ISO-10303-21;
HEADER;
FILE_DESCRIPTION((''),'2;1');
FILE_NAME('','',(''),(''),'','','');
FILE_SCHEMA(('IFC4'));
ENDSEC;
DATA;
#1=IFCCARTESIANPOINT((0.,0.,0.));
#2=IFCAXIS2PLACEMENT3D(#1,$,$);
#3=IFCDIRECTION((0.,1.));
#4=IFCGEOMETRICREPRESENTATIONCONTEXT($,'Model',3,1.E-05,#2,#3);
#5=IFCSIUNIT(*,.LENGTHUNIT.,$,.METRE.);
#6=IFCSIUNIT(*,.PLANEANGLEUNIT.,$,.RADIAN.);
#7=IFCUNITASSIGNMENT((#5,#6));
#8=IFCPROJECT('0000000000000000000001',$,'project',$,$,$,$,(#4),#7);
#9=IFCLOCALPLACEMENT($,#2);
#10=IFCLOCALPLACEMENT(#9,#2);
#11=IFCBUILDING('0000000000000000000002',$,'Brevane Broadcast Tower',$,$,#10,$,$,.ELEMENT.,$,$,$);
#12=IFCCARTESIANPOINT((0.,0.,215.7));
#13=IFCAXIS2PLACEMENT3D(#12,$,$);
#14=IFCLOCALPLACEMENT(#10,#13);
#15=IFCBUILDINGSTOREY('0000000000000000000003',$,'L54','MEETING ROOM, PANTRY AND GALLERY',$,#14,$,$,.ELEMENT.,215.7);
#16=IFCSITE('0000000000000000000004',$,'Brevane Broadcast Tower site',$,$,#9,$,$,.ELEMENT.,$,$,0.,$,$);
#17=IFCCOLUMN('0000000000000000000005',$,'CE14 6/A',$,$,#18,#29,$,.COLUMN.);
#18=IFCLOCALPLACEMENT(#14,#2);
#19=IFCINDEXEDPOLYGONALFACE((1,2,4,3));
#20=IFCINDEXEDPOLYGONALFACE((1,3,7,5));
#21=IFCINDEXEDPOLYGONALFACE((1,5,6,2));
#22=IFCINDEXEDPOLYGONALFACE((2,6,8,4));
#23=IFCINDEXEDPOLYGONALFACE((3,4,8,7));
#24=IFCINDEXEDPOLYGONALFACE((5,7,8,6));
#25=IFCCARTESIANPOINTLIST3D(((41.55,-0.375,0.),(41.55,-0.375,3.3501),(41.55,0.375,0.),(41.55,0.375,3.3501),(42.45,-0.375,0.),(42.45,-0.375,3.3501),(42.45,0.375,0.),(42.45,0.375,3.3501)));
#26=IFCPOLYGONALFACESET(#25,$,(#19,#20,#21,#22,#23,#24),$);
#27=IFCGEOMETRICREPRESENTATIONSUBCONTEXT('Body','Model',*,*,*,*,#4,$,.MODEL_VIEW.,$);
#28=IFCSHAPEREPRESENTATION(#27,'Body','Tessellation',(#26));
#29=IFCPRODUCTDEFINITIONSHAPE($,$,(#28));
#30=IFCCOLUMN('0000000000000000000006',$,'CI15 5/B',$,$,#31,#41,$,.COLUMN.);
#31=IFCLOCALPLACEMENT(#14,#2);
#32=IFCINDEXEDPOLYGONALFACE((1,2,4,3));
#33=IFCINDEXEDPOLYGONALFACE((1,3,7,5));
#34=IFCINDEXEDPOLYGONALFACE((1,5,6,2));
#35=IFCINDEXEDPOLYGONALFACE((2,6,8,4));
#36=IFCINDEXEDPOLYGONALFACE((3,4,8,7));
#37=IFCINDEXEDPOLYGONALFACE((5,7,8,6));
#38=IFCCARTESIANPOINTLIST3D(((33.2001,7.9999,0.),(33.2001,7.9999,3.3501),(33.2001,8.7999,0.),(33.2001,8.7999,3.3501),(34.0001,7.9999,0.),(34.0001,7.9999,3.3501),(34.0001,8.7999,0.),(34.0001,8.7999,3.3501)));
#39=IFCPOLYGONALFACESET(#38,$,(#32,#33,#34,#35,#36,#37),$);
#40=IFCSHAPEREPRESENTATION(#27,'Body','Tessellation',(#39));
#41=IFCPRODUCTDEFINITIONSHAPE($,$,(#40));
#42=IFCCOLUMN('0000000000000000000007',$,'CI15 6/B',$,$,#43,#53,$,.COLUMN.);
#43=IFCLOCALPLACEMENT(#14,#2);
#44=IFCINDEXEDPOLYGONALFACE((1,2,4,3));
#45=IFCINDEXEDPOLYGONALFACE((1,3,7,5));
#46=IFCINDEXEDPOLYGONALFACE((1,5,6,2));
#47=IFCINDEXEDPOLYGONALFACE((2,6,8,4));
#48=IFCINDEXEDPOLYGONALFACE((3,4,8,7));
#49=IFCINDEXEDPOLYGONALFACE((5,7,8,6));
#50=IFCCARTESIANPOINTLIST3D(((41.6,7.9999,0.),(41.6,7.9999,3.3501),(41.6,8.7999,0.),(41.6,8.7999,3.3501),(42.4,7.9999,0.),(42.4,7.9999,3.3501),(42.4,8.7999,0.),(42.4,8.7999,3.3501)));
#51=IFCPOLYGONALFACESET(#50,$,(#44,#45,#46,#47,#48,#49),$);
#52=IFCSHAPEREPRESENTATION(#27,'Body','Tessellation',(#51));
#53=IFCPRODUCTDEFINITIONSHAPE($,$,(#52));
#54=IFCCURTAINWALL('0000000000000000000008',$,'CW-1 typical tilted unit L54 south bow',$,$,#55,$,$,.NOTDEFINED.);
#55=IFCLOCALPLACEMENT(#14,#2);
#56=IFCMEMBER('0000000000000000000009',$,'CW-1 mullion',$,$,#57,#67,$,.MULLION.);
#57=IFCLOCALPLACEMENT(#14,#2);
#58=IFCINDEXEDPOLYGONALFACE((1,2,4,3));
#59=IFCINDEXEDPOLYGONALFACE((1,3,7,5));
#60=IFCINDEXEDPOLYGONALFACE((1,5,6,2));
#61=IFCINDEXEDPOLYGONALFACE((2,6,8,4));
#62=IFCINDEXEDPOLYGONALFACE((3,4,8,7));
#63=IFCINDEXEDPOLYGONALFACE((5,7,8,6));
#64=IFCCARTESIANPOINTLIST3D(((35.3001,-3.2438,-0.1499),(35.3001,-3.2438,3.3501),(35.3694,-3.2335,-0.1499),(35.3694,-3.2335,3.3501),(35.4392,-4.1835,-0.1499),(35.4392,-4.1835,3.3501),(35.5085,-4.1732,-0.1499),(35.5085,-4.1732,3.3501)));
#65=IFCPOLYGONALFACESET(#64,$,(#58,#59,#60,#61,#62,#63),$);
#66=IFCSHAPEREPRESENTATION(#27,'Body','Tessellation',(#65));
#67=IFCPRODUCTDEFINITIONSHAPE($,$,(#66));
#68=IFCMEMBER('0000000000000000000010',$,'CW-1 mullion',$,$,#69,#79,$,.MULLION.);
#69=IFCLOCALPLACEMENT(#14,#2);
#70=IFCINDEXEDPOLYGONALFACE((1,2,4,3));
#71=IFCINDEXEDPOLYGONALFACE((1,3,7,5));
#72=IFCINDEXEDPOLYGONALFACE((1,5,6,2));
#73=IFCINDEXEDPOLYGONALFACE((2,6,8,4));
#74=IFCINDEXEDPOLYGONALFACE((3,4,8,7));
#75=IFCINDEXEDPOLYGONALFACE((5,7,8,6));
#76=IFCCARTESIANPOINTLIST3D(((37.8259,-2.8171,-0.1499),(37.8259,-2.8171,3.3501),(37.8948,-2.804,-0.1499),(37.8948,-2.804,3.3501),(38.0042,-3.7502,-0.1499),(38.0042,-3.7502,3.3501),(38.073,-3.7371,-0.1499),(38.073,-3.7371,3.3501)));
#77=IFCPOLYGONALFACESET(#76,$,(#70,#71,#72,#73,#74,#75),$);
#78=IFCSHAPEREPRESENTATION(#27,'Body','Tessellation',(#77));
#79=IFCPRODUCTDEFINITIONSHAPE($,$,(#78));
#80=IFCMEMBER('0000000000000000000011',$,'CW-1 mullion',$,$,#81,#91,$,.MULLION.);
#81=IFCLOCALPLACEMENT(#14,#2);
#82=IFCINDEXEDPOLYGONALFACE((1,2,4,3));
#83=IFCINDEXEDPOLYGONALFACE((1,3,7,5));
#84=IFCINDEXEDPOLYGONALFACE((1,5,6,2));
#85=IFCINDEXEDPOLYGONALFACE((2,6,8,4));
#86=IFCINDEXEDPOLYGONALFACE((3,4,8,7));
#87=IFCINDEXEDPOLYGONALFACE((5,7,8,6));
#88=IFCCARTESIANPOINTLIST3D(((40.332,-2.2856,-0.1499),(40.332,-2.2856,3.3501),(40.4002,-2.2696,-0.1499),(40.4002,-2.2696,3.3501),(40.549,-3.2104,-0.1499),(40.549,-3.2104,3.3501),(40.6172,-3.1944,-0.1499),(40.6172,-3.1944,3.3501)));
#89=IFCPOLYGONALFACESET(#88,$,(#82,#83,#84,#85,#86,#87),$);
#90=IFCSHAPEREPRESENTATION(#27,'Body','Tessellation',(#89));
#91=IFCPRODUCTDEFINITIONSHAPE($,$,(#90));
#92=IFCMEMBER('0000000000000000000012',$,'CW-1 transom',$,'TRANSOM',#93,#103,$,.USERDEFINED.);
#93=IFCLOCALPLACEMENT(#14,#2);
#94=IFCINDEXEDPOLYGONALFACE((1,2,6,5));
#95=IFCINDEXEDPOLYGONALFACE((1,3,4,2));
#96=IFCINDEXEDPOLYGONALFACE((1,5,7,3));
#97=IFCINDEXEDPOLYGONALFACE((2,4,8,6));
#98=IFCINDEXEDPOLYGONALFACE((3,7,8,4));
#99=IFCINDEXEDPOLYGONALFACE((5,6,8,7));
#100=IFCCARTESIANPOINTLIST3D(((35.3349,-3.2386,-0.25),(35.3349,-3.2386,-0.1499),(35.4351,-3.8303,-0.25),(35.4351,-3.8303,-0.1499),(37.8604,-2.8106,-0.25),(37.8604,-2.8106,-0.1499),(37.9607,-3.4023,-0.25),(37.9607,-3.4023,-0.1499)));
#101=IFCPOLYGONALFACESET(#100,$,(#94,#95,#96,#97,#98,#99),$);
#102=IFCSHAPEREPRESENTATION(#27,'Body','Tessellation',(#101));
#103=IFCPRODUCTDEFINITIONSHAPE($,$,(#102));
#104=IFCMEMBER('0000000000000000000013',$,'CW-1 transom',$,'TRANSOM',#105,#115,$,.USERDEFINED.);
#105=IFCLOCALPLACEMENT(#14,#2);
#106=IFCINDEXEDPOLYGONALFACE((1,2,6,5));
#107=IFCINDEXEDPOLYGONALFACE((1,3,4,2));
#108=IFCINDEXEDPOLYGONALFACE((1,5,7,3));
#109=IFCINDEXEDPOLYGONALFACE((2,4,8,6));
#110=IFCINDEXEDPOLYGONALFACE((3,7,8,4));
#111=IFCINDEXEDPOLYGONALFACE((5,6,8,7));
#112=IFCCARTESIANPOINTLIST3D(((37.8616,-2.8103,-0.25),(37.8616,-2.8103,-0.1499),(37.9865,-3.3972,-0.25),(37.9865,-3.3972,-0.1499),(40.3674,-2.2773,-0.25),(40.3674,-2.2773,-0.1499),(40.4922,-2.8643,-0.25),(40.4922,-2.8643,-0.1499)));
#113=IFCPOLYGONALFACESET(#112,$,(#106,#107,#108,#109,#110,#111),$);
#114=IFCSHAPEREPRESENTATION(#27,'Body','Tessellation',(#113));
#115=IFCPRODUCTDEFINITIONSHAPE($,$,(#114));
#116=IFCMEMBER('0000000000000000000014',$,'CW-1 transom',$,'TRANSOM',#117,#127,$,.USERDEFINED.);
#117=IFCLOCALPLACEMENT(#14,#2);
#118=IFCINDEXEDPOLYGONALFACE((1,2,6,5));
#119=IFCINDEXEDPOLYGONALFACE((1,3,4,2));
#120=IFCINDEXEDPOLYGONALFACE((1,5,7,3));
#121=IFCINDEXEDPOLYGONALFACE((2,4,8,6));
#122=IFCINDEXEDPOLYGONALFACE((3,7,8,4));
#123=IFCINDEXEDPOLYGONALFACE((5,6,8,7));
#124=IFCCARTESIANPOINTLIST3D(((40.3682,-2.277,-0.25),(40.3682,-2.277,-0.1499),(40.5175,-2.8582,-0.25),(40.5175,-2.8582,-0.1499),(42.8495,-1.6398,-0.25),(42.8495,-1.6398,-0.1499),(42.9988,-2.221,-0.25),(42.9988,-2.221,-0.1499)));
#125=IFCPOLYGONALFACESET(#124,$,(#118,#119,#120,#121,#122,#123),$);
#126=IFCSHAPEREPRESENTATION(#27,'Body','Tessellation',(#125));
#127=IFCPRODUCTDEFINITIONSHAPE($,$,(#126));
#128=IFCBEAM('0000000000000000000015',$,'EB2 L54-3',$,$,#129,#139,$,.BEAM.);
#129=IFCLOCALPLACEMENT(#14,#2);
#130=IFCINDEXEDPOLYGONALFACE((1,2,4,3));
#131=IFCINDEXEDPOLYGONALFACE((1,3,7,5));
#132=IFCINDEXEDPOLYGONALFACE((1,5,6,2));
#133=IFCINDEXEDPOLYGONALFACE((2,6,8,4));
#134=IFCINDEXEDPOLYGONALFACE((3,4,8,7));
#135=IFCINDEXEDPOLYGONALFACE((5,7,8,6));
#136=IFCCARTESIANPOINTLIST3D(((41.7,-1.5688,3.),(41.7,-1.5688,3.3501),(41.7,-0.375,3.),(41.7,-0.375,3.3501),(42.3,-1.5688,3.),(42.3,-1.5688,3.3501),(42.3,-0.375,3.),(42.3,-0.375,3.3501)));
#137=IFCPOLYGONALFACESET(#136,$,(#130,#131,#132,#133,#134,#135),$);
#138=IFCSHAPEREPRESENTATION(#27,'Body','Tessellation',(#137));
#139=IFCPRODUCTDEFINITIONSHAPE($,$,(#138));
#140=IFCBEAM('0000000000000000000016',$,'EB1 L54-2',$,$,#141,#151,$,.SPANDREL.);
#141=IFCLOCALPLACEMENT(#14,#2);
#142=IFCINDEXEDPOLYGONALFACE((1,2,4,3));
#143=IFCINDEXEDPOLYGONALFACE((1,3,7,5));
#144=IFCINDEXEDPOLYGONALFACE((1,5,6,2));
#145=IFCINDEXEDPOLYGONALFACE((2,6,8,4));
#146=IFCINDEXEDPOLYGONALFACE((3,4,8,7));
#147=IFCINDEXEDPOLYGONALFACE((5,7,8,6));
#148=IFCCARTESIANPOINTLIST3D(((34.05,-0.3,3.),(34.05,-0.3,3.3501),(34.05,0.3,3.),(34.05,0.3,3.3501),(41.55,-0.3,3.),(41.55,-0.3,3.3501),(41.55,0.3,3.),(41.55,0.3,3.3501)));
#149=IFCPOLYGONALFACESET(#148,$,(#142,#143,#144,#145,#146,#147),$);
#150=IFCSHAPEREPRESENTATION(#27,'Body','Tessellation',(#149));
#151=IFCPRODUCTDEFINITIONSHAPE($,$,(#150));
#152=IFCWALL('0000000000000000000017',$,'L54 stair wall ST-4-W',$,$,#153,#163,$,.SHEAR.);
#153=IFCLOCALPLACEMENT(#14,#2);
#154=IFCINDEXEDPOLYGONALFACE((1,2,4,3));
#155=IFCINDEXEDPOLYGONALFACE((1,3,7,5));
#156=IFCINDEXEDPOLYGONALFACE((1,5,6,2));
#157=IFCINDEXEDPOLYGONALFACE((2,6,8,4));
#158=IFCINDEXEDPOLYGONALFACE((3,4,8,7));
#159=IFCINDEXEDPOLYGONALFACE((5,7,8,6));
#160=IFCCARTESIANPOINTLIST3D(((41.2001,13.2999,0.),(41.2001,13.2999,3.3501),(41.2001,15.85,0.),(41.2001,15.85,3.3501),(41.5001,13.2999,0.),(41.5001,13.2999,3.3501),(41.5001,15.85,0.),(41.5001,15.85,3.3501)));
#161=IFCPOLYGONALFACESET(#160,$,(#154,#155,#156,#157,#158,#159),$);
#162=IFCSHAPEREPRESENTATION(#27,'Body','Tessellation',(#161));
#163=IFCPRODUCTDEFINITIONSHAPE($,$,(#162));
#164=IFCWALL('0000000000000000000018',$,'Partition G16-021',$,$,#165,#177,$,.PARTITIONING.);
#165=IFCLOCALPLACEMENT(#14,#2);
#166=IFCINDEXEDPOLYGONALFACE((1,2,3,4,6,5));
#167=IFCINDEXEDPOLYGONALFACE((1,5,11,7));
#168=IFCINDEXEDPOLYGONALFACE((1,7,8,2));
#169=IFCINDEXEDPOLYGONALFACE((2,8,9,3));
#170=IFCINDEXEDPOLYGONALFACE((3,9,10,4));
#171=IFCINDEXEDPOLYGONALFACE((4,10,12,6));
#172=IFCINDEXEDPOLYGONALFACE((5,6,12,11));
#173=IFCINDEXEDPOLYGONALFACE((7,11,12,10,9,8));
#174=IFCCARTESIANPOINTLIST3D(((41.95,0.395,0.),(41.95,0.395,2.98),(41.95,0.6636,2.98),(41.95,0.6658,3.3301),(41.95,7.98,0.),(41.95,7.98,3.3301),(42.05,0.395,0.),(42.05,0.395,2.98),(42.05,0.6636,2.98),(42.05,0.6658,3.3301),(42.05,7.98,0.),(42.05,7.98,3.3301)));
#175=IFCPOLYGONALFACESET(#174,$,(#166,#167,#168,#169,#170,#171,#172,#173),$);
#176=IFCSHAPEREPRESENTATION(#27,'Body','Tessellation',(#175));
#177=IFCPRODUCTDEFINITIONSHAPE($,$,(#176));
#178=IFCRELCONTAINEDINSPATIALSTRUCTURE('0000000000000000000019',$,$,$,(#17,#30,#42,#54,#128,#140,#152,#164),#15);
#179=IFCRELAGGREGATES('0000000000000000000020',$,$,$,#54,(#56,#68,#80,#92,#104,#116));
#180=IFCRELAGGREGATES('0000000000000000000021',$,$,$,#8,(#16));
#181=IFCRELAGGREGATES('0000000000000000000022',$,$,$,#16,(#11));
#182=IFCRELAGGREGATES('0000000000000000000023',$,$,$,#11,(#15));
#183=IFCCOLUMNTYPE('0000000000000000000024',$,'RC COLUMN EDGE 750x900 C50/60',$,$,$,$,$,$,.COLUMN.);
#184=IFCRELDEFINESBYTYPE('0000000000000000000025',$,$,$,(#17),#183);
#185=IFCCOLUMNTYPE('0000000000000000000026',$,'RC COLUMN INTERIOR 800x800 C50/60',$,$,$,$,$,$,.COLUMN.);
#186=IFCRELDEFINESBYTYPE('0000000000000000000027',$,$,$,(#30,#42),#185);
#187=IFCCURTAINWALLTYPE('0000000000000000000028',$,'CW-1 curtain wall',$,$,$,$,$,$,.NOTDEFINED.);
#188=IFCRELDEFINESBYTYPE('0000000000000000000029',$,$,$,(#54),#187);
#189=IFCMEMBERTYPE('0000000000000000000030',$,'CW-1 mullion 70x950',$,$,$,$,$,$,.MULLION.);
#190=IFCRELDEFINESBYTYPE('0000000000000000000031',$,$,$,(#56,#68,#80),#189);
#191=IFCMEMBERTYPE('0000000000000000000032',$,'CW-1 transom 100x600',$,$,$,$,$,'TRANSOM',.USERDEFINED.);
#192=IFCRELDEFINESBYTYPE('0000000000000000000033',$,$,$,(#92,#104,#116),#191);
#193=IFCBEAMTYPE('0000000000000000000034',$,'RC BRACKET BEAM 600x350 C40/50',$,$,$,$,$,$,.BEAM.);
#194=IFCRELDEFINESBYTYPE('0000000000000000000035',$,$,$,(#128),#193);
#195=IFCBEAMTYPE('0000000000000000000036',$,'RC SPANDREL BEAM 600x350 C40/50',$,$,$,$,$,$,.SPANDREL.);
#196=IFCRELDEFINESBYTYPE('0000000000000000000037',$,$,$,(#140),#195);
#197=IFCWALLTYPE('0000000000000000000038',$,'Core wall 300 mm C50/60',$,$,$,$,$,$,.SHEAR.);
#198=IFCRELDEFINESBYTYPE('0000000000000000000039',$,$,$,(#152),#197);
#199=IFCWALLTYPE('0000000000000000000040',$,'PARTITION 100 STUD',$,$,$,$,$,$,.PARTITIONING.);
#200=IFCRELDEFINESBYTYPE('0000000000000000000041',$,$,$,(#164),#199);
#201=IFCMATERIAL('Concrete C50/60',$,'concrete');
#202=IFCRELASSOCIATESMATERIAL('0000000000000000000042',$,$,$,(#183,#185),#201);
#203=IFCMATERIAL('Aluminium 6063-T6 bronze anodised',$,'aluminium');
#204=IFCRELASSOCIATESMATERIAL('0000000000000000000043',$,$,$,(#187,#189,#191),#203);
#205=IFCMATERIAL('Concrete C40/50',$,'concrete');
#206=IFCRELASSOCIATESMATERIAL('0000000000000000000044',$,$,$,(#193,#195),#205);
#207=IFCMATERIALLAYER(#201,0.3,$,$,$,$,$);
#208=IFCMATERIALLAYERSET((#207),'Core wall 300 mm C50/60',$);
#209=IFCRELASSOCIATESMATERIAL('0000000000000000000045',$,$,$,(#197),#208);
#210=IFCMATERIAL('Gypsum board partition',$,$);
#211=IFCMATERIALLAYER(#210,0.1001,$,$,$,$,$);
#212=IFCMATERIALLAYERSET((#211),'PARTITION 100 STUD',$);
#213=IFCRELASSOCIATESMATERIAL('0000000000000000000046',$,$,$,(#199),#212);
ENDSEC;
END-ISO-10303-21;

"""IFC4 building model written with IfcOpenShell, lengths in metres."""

from ifc_helpers import new_model, si_unit, direction, frame, frame_2d, origin, origin_2d, place, context, subcontext, project, spatial, polyline, rectangle, outline, extrude, material, layer, layer_set, material_profile, profile_set, type_object, element, aggregate, save


model = new_model("IFC4")

# Units and contexts
model_context = context("Model", 3, precision=1e-05, world=origin(), true_north=direction((0.0, 1.0)))
body_context = subcontext(model_context, "Body", "Model", "MODEL_VIEW")
ifc_project = project(units=[si_unit("LENGTHUNIT", "METRE"), si_unit("PLANEANGLEUNIT", "RADIAN")], contexts=[model_context])

# Site, building, storey
site_placement = place(None, origin())
site = spatial("IfcSite", under=ifc_project, at=site_placement, Name="Brevane Broadcast Tower site", CompositionType="ELEMENT", RefElevation=0.0)
building_placement = place(site_placement, origin())
building = spatial("IfcBuilding", under=site, at=building_placement, Name="Brevane Broadcast Tower", CompositionType="ELEMENT")
storey_placement = place(building_placement, frame((0.0, 0.0, 215.7)))
storey = spatial("IfcBuildingStorey", under=building, at=storey_placement, Name="L54", Description="MEETING ROOM, PANTRY AND GALLERY", CompositionType="ELEMENT", Elevation=215.7)

# Columns
ifc_material_1 = material(Name="Concrete C50/60", Category="concrete")
ifc_material_profile_1 = material_profile(ifc_material_1, rectangle(XDim=0.75, YDim=0.8999, at=origin_2d()), Name="RC 750x900")
ifc_profile_set_1 = profile_set([ifc_material_profile_1], Name="Concrete C50/60")
column_type_1 = type_object("IfcColumnType", Name="RC COLUMN EDGE 750x900 C50/60", PredefinedType="COLUMN", material=ifc_profile_set_1)
column_placement = place(storey_placement, frame((42.0, 0.0, 0.0), z_axis=(0.0, 0.0, 1.0), x_axis=(0.0, 1.0, 0.0)))
element("IfcColumn", 1, at=column_placement, inside=storey, type_object=column_type_1, Name="CE14 6/A", PredefinedType="COLUMN", context=body_context, shape_type="SweptSolid", body=[
    extrude(rectangle(XDim=0.75, YDim=0.8999, at=origin_2d()), origin(), (0.0, 0.0, 1.0), 3.3501),
])
ifc_material_profile_2 = material_profile(ifc_material_1, rectangle(XDim=0.8, YDim=0.8, at=origin_2d()), Name="RC 800x800")
ifc_profile_set_2 = profile_set([ifc_material_profile_2], Name="Concrete C50/60")
column_type_2 = type_object("IfcColumnType", Name="RC COLUMN INTERIOR 800x800 C50/60", PredefinedType="COLUMN", material=ifc_profile_set_2)
for number, where, z_axis, x_axis, name in (
    (2, (33.6001, 8.3999, 0.0), (0.0, 0.0, 1.0), (1.0, 0.0, 0.0), "CI15 5/B"),
    (3, (42.0, 8.3999, 0.0), (0.0, 0.0, 1.0), (1.0, 0.0, 0.0), "CI15 6/B"),
):
    element("IfcColumn", number, at=place(storey_placement, frame(where, z_axis=z_axis, x_axis=x_axis)), inside=storey, type_object=column_type_2, Name=name, PredefinedType="COLUMN", context=body_context, shape_type="SweptSolid", body=[
        extrude(rectangle(XDim=0.8, YDim=0.8, at=origin_2d()), origin(), (0.0, 0.0, 1.0), 3.3501),
    ])

# Curtain wall, members
ifc_material_2 = material(Name="Aluminium 6063-T6 bronze anodised", Category="aluminium")
curtain_wall_type = type_object("IfcCurtainWallType", Name="CW-1 curtain wall", PredefinedType="NOTDEFINED", material=ifc_material_2)
curtain_wall_placement = place(storey_placement, origin())
curtain_wall = element("IfcCurtainWall", 4, at=curtain_wall_placement, inside=storey, type_object=curtain_wall_type, Name="CW-1 typical tilted unit L54 south bow", PredefinedType="NOTDEFINED")
ifc_material_profile_3 = material_profile(ifc_material_2, rectangle(XDim=0.95, YDim=0.0701, at=origin_2d()), Name="RECT 70x950")
ifc_profile_set_3 = profile_set([ifc_material_profile_3], Name="Aluminium 6063-T6 bronze anodised")
member_type_1 = type_object("IfcMemberType", Name="CW-1 mullion 70x950", PredefinedType="MULLION", material=ifc_profile_set_3)
member_1_placement = place(storey_placement, frame((35.4043, -3.7085, -0.1499), z_axis=(0.0, 0.0, 1.0), x_axis=(-0.146447, 0.989218, 0.0)))
member_1 = element("IfcMember", 5, at=member_1_placement, type_object=member_type_1, Name="CW-1 mullion", PredefinedType="MULLION", context=body_context, shape_type="SweptSolid", body=[
    extrude(rectangle(XDim=0.95, YDim=0.0701, at=origin_2d()), origin(), (0.0, 0.0, 1.0), 3.5),
])
member_2_placement = place(storey_placement, frame((37.9495, -3.2771, -0.1499), z_axis=(0.0, 0.0, 1.0), x_axis=(-0.187621, 0.982242, 0.0)))
member_2 = element("IfcMember", 6, at=member_2_placement, type_object=member_type_1, Name="CW-1 mullion", PredefinedType="MULLION", context=body_context, shape_type="SweptSolid", body=[
    extrude(rectangle(XDim=0.95, YDim=0.0701, at=origin_2d()), origin(), (0.0, 0.0, 1.0), 3.5),
])
member_3_placement = place(storey_placement, frame((40.4746, -2.74, -0.1499), z_axis=(0.0, 0.0, 1.0), x_axis=(-0.228467, 0.973552, 0.0)))
member_3 = element("IfcMember", 7, at=member_3_placement, type_object=member_type_1, Name="CW-1 mullion", PredefinedType="MULLION", context=body_context, shape_type="SweptSolid", body=[
    extrude(rectangle(XDim=0.95, YDim=0.0701, at=origin_2d()), origin(), (0.0, 0.0, 1.0), 3.5),
])
ifc_material_profile_4 = material_profile(ifc_material_2, rectangle(XDim=0.6001, YDim=0.1001, at=origin_2d()), Name="RECT 100x600")
ifc_profile_set_4 = profile_set([ifc_material_profile_4], Name="Aluminium 6063-T6 bronze anodised")
member_type_2 = type_object("IfcMemberType", Name="CW-1 transom 100x600", ElementType="TRANSOM", PredefinedType="USERDEFINED", material=ifc_profile_set_4)
member_4_placement = place(storey_placement, frame((35.385, -3.5344, -0.2), z_axis=(0.985945, 0.167072, 0.0), x_axis=(-0.167072, 0.985945, 0.0)))
member_4 = element("IfcMember", 8, at=member_4_placement, type_object=member_type_2, Name="CW-1 transom", ObjectType="TRANSOM", PredefinedType="USERDEFINED", context=body_context, shape_type="SweptSolid", body=[
    extrude(rectangle(XDim=0.6001, YDim=0.1001, at=origin_2d()), origin(), (0.0, 0.0, 1.0), 2.5615),
])
member_5_placement = place(storey_placement, frame((37.9241, -3.1038, -0.2), z_axis=(0.978118, 0.208051, 0.0), x_axis=(-0.208051, 0.978118, 0.0)))
member_5 = element("IfcMember", 9, at=member_5_placement, type_object=member_type_2, Name="CW-1 transom", ObjectType="TRANSOM", PredefinedType="USERDEFINED", context=body_context, shape_type="SweptSolid", body=[
    extrude(rectangle(XDim=0.6001, YDim=0.1001, at=origin_2d()), origin(), (0.0, 0.0, 1.0), 2.5618),
])
member_6_placement = place(storey_placement, frame((40.4429, -2.5676, -0.2), z_axis=(0.96857, 0.248742, 0.0), x_axis=(-0.248742, 0.96857, 0.0)))
member_6 = element("IfcMember", 10, at=member_6_placement, type_object=member_type_2, Name="CW-1 transom", ObjectType="TRANSOM", PredefinedType="USERDEFINED", context=body_context, shape_type="SweptSolid", body=[
    extrude(rectangle(XDim=0.6001, YDim=0.1001, at=origin_2d()), origin(), (0.0, 0.0, 1.0), 2.5618),
])
aggregate(curtain_wall, [member_1, member_2, member_3, member_4, member_5, member_6])

# Beams
ifc_material_3 = material(Name="Concrete C40/50", Category="concrete")
ifc_material_profile_5 = material_profile(ifc_material_3, rectangle(XDim=0.6001, YDim=0.3501, at=origin_2d()), Name="RC 600x350")
ifc_profile_set_5 = profile_set([ifc_material_profile_5], Name="Concrete C40/50")
beam_type_1 = type_object("IfcBeamType", Name="RC BRACKET BEAM 600x350 C40/50", PredefinedType="BEAM", material=ifc_profile_set_5)
beam_1_placement = place(storey_placement, frame((42.0, -0.375, 3.175), z_axis=(0.0, -1.0, 0.0), x_axis=(1.0, 0.0, 0.0)))
element("IfcBeam", 11, at=beam_1_placement, inside=storey, type_object=beam_type_1, Name="EB2 L54-3", PredefinedType="BEAM", context=body_context, shape_type="SweptSolid", body=[
    extrude(rectangle(XDim=0.6001, YDim=0.3501, at=origin_2d()), origin(), (0.0, 0.0, 1.0), 1.1938),
])
ifc_material_profile_6 = material_profile(ifc_material_3, rectangle(XDim=0.6001, YDim=0.3501, at=origin_2d()), Name="RC 600x350")
ifc_profile_set_6 = profile_set([ifc_material_profile_6], Name="Concrete C40/50")
beam_type_2 = type_object("IfcBeamType", Name="RC SPANDREL BEAM 600x350 C40/50", PredefinedType="SPANDREL", material=ifc_profile_set_6)
beam_2_placement = place(storey_placement, frame((34.05, 0.0, 3.175), z_axis=(1.0, 0.0, 0.0), x_axis=(0.0, 1.0, 0.0)))
element("IfcBeam", 12, at=beam_2_placement, inside=storey, type_object=beam_type_2, Name="EB1 L54-2", PredefinedType="SPANDREL", context=body_context, shape_type="SweptSolid", body=[
    extrude(rectangle(XDim=0.6001, YDim=0.3501, at=origin_2d()), origin(), (0.0, 0.0, 1.0), 7.5),
])

# Walls
ifc_layer_1 = layer(ifc_material_1, 0.3)
ifc_layer_set_1 = layer_set([ifc_layer_1], Name="Core wall 300 mm C50/60")
wall_type_1 = type_object("IfcWallType", Name="Core wall 300 mm C50/60", PredefinedType="SHEAR", material=ifc_layer_set_1)
wall_1_placement = place(storey_placement, frame((41.3501, 13.3, 0.0), z_axis=(0.0, 0.0, 1.0), x_axis=(0.0, 1.0, 0.0)))
element("IfcWall", 13, at=wall_1_placement, inside=storey, type_object=wall_type_1, Name="L54 stair wall ST-4-W", PredefinedType="SHEAR", context=body_context, shape_type="SweptSolid", body=[
    extrude(rectangle(XDim=2.55, YDim=0.3, at=frame_2d((1.2749, 0.0))), origin(), (0.0, 0.0, 1.0), 3.3501),
])
ifc_material_4 = material(Name="Gypsum board partition")
ifc_layer_2 = layer(ifc_material_4, 0.1001)
ifc_layer_set_2 = layer_set([ifc_layer_2], Name="PARTITION 100 STUD")
wall_type_2 = type_object("IfcWallType", Name="PARTITION 100 STUD", PredefinedType="PARTITIONING", material=ifc_layer_set_2)
wall_2_placement = place(storey_placement, frame((42.0, 7.98, 0.0), z_axis=(0.0, 0.0, 1.0), x_axis=(0.0, -1.0, 0.0)))
element("IfcWall", 14, at=wall_2_placement, inside=storey, type_object=wall_type_2, Name="Partition G16-021", PredefinedType="PARTITIONING", context=body_context, shape_type="SweptSolid", body=[
    extrude(outline(polyline([(0.0, 0.0), (7.585, 0.0), (7.585, 2.98), (7.3164, 2.98), (7.3142, 3.3301), (0.0, 3.3301), (0.0, 0.0)])), frame((0.0, 0.05, 0.0), z_axis=(0.0, -1.0, 0.0), x_axis=(1.0, 0.0, 0.0)), (0.0, 0.0, 1.0), 0.1001),
])

save(model, "model.ifc")
